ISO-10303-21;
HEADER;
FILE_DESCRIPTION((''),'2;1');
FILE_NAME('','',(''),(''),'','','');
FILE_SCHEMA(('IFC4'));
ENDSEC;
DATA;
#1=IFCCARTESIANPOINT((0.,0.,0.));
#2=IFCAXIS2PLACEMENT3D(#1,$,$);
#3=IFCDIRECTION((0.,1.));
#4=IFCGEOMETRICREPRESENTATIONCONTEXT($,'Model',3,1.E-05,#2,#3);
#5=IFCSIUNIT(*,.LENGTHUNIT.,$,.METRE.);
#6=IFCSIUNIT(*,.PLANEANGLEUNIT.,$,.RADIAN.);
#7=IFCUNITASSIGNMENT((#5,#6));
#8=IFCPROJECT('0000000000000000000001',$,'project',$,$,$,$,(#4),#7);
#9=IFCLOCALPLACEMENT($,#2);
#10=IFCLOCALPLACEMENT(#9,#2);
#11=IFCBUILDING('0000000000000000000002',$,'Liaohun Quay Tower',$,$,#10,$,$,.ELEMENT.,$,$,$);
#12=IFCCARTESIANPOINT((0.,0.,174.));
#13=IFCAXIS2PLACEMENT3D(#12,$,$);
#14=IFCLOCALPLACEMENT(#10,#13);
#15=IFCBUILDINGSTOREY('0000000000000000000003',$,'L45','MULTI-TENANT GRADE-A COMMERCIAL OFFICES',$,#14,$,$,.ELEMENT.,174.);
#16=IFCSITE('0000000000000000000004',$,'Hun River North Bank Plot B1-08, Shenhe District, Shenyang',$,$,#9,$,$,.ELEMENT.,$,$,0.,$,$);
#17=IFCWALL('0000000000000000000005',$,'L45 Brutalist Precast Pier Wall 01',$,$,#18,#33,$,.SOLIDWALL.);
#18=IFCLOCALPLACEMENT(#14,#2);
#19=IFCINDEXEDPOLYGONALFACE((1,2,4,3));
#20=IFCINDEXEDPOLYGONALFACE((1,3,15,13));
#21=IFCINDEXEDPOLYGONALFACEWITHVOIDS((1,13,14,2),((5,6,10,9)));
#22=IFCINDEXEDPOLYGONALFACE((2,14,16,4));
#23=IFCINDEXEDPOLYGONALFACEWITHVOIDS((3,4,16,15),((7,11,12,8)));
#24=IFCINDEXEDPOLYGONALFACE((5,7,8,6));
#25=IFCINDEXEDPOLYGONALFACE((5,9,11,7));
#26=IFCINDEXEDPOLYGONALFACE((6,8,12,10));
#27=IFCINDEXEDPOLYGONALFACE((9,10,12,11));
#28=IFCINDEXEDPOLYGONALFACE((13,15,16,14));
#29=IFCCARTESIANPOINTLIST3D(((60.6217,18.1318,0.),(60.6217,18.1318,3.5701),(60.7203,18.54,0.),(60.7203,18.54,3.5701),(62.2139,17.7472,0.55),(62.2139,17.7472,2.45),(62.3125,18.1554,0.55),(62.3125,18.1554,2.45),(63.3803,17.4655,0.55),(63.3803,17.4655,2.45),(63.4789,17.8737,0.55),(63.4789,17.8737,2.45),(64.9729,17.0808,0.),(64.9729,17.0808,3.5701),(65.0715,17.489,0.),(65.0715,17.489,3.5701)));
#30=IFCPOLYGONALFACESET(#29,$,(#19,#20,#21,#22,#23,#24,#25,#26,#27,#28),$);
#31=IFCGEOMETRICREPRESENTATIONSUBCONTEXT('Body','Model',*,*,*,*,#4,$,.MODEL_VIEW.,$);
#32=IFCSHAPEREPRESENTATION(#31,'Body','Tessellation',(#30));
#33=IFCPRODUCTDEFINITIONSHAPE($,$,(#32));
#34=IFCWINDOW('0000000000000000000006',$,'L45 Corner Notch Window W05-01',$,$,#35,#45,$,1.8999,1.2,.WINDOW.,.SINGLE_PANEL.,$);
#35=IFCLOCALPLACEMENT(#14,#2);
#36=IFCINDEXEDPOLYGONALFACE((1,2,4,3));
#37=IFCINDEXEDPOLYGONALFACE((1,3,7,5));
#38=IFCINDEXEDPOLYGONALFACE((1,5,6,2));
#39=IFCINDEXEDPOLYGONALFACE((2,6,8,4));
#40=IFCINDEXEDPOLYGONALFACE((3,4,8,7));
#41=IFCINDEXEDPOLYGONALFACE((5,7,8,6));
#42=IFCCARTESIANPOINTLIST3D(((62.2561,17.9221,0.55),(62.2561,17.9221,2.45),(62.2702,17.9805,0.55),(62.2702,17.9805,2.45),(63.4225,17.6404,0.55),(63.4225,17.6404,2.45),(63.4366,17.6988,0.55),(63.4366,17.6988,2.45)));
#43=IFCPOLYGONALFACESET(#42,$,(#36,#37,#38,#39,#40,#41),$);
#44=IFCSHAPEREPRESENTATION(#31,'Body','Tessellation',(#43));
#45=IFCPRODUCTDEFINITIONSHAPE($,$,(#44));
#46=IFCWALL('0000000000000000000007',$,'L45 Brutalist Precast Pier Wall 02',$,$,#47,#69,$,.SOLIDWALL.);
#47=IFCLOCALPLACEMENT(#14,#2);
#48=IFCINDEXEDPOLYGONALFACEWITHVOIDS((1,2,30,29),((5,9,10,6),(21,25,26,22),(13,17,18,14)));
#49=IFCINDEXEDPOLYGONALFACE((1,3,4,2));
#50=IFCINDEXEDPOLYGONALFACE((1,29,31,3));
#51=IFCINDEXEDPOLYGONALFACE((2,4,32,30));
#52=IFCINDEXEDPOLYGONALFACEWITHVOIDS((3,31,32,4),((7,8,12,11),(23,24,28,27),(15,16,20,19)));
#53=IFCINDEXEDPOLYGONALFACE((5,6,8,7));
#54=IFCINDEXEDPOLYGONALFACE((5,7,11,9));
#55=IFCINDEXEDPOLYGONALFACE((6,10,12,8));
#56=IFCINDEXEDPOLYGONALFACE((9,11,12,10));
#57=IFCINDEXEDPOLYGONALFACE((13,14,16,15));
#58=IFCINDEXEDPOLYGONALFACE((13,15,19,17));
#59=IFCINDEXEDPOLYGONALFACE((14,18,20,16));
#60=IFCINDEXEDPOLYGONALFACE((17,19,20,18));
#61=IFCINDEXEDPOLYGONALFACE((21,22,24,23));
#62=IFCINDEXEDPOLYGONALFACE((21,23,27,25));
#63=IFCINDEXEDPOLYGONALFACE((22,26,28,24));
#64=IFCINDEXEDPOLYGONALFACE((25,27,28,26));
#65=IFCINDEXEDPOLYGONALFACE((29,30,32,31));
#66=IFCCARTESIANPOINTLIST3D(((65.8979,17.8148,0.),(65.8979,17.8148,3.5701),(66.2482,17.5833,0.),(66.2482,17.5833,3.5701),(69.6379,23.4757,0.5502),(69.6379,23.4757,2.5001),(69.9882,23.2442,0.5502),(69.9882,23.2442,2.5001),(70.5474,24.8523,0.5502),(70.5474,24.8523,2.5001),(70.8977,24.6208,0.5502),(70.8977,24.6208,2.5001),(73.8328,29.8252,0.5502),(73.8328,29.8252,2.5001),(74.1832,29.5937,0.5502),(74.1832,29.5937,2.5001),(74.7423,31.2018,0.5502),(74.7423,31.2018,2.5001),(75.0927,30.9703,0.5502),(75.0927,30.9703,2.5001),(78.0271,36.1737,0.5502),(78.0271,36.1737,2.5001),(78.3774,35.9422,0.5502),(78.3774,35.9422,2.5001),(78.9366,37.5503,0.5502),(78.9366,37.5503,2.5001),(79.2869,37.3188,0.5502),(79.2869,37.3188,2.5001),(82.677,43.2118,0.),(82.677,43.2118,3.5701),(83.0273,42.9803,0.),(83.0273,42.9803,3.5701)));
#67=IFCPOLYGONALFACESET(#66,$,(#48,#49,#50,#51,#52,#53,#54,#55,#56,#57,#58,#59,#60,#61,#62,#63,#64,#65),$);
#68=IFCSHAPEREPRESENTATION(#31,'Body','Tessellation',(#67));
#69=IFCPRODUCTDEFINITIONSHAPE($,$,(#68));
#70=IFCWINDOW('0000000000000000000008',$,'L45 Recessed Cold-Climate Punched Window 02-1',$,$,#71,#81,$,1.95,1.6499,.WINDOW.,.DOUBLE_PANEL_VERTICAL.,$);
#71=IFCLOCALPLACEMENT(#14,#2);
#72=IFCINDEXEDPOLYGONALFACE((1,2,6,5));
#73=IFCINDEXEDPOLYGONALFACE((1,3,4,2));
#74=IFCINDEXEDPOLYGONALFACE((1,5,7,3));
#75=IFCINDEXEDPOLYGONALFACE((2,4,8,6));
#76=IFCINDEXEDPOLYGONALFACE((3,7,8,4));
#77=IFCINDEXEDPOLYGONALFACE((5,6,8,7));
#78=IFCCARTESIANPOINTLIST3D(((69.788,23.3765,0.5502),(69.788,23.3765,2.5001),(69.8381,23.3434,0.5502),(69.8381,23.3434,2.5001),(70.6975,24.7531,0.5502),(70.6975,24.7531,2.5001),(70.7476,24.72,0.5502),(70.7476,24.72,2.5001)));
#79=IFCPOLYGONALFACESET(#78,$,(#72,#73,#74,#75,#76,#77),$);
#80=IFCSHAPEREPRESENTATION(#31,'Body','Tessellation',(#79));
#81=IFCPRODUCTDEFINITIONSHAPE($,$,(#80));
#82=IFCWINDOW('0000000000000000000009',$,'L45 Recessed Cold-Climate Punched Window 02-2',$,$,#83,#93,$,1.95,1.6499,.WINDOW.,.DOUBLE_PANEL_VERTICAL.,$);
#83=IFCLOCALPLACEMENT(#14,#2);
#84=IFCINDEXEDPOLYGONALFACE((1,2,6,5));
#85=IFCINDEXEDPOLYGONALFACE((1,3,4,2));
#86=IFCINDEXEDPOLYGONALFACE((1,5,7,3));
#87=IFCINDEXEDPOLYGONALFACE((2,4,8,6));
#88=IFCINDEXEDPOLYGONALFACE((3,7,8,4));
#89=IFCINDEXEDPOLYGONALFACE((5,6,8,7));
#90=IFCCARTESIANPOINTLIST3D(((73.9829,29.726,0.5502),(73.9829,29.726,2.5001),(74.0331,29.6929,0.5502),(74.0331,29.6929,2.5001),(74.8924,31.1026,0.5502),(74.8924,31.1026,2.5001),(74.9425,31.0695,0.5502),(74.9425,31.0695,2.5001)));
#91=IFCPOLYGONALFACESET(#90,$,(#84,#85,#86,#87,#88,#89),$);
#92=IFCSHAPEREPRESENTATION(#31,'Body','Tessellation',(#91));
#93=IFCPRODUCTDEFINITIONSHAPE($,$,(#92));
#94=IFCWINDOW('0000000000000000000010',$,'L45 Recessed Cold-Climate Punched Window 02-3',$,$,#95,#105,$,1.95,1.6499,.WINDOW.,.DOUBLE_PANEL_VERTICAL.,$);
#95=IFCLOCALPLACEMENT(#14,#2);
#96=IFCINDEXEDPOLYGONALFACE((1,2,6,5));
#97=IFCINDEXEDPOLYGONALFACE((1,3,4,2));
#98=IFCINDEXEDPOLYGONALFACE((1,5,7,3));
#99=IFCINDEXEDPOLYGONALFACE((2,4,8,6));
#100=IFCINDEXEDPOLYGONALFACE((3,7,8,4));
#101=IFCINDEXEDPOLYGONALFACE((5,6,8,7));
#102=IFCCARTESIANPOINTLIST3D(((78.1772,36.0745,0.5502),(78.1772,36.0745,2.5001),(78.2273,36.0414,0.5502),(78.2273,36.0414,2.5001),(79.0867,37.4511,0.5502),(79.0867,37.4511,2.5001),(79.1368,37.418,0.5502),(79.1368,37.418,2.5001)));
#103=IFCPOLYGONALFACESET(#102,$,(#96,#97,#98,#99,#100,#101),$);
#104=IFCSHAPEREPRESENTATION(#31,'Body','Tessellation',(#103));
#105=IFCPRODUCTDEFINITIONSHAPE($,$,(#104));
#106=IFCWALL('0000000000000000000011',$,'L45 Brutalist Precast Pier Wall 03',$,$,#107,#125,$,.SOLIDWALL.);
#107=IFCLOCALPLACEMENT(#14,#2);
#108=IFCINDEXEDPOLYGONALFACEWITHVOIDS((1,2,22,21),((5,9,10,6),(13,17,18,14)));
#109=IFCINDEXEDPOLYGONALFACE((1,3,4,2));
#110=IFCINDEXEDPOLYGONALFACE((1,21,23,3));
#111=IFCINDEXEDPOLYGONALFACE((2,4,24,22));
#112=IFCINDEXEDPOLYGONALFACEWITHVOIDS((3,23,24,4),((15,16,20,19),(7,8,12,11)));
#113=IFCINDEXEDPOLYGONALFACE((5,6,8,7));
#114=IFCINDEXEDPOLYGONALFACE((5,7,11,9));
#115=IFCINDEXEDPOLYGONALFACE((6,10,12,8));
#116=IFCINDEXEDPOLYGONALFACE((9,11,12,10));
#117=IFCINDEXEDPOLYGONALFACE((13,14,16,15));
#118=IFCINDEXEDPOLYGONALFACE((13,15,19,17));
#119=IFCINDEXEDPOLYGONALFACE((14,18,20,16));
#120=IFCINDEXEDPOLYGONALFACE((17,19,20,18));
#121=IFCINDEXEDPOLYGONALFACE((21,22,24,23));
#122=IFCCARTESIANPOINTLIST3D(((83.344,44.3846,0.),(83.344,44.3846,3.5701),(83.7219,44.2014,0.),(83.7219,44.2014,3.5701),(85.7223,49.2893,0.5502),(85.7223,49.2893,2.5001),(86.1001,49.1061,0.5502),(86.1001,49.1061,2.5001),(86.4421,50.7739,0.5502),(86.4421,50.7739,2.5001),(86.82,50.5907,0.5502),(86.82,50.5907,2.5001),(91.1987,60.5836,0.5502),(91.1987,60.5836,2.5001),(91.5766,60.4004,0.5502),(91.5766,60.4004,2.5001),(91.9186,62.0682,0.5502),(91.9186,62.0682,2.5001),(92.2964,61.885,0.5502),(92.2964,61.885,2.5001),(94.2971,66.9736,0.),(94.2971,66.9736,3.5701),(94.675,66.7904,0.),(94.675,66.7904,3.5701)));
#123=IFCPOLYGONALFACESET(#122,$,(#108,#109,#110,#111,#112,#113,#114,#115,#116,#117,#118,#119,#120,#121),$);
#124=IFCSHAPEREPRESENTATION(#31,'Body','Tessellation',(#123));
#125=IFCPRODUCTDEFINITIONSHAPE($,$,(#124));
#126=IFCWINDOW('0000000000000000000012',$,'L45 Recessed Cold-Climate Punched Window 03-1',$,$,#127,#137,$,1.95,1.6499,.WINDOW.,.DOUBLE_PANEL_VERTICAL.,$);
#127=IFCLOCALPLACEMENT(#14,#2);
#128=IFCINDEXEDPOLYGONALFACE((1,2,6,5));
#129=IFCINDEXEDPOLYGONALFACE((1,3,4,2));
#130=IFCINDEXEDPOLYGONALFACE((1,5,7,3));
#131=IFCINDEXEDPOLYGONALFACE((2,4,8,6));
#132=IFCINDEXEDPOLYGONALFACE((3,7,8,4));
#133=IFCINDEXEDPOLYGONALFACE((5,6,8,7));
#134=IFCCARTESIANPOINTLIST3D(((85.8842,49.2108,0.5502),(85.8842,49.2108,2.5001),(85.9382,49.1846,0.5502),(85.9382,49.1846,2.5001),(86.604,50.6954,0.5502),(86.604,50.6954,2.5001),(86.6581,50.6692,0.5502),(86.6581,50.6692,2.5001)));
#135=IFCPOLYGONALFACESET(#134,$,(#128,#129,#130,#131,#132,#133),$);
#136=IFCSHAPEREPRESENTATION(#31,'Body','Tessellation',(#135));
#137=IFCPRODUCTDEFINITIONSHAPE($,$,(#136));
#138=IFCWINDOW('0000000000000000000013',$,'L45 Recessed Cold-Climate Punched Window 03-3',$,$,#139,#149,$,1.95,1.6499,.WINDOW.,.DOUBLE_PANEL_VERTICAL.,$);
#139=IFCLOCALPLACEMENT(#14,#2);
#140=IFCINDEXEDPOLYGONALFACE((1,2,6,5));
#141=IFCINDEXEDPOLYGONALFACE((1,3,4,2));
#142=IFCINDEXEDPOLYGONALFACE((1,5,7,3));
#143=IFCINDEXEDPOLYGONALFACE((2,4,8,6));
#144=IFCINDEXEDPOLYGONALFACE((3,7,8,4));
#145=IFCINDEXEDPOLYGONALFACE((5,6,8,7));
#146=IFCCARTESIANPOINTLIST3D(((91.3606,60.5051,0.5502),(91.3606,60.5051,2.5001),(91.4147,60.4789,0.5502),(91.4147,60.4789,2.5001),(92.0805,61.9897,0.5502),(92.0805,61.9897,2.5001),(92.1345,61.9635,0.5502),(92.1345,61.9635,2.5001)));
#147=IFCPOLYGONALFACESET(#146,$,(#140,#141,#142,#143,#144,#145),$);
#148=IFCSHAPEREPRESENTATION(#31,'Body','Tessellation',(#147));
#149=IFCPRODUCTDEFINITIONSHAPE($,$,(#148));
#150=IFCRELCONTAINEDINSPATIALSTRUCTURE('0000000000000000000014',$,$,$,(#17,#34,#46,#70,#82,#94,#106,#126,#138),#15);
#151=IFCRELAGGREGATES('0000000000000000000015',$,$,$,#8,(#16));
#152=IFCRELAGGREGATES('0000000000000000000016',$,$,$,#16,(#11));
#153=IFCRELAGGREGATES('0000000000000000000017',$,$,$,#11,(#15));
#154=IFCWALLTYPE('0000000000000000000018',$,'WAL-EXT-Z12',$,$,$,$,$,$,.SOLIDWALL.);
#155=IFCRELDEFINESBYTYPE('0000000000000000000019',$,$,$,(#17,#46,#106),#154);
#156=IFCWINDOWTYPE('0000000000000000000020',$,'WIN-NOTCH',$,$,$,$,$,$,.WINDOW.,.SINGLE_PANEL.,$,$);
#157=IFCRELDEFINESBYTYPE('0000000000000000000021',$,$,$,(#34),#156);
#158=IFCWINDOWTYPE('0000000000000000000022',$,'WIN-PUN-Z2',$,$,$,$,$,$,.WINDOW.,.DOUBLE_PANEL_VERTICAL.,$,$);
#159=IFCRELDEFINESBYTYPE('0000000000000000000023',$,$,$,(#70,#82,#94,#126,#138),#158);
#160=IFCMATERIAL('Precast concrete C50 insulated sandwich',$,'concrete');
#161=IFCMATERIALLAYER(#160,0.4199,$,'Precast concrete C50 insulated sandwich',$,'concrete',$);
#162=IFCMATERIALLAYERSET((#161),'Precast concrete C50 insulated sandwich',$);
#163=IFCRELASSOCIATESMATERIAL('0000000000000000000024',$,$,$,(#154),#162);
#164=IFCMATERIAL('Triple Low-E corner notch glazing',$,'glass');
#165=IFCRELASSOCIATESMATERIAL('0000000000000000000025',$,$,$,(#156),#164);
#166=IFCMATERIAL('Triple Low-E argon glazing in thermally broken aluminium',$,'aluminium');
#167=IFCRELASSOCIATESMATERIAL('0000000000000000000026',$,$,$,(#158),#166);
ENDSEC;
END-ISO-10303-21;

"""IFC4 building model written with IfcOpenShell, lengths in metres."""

from ifc_helpers import new_model, si_unit, direction, frame, frame_2d, origin, place, context, subcontext, project, spatial, rectangle, extrude, source, transform, mapped, material, layer, layer_set, type_object, element, fill, save


model = new_model("IFC4")

# Units and contexts
model_context = context("Model", 3, precision=1e-05, world=origin(), true_north=direction((0.0, 1.0)))
body_context = subcontext(model_context, "Body", "Model", "MODEL_VIEW")
ifc_project = project(units=[si_unit("LENGTHUNIT", "METRE"), si_unit("PLANEANGLEUNIT", "RADIAN")], contexts=[model_context])

# Site, building, storey
site_placement = place(None, origin())
site = spatial("IfcSite", under=ifc_project, at=site_placement, Name="Hun River North Bank Plot B1-08, Shenhe District, Shenyang", CompositionType="ELEMENT", RefElevation=0.0)
building_placement = place(site_placement, origin())
building = spatial("IfcBuilding", under=site, at=building_placement, Name="Liaohun Quay Tower", CompositionType="ELEMENT")
storey_placement = place(building_placement, frame((0.0, 0.0, 174.0)))
storey = spatial("IfcBuildingStorey", under=building, at=storey_placement, Name="L45", Description="MULTI-TENANT GRADE-A COMMERCIAL OFFICES", CompositionType="ELEMENT", Elevation=174.0)

# Wall, opening, window
ifc_material_1 = material(Name="Precast concrete C50 insulated sandwich", Category="concrete")
ifc_layer_1 = layer(ifc_material_1, 0.4199, Name="Precast concrete C50 insulated sandwich", Category="concrete")
ifc_layer_set_1 = layer_set([ifc_layer_1], Name="Precast concrete C50 insulated sandwich")
wall_type_1 = type_object("IfcWallType", Name="WAL-EXT-Z12", PredefinedType="SOLIDWALL", material=ifc_layer_set_1)
wall_1_placement = place(storey_placement, frame((60.6709, 18.3359, 0.0), z_axis=(0.0, 0.0, 1.0), x_axis=(0.972043, -0.234802, 0.0)))
wall_1 = element("IfcWall", 1, at=wall_1_placement, inside=storey, type_object=wall_type_1, Name="L45 Brutalist Precast Pier Wall 01", PredefinedType="SOLIDWALL", context=body_context, shape_type="SweptSolid", body=[
    extrude(rectangle(XDim=4.4763, YDim=0.4199, at=frame_2d((2.2383, 0.0))), origin(), (0.0, 0.0, 1.0), 3.5701),
])
shared_shape_1 = source(origin(), body_context, "Body", "SweptSolid", [
    extrude(rectangle(XDim=1.2, YDim=1.8999, at=frame_2d((0.6001, 0.95))), frame((0.0, 0.22, 0.0), z_axis=(0.0, -1.0, 0.0), x_axis=(1.0, 0.0, 0.0)), (0.0, 0.0, 1.0), 0.4399),
])
opening_1_placement = place(wall_1_placement, frame((1.6379, 0.0, 0.55)))
opening_1 = element("IfcOpeningElement", 2, at=opening_1_placement, cuts=wall_1, PredefinedType="OPENING", context=body_context, shape_type="MappedRepresentation", body=[
    mapped(shared_shape_1, transform((0.0, 0.0, 0.0), x_axis=(1.0, 0.0, 0.0), y_axis=(0.0, 1.0, 0.0), z_axis=(0.0, 0.0, 1.0), scale=1.0)),
])
ifc_material_2 = material(Name="Triple Low-E corner notch glazing", Category="glass")
window_type_1 = type_object("IfcWindowType", Name="WIN-NOTCH", PartitioningType="SINGLE_PANEL", PredefinedType="WINDOW", material=ifc_material_2)
shared_shape_2 = source(origin(), body_context, "Body", "SweptSolid", [
    extrude(rectangle(XDim=1.2, YDim=1.8999, at=frame_2d((0.6001, 0.95))), frame((0.0, 0.03, 0.0), z_axis=(0.0, -1.0, 0.0), x_axis=(1.0, 0.0, 0.0)), (0.0, 0.0, 1.0), 0.0601),
])
window_1_placement = place(opening_1_placement, origin())
window_1 = element("IfcWindow", 3, at=window_1_placement, inside=storey, type_object=window_type_1, Name="L45 Corner Notch Window W05-01", OverallHeight=1.8999, OverallWidth=1.2, PartitioningType="SINGLE_PANEL", PredefinedType="WINDOW", context=body_context, shape_type="MappedRepresentation", body=[
    mapped(shared_shape_2, transform((0.0, 0.0, 0.0), x_axis=(1.0, 0.0, 0.0), y_axis=(0.0, 1.0, 0.0), z_axis=(0.0, 0.0, 1.0), scale=1.0)),
])
fill(opening_1, window_1)

# Walls, openings, windows
wall_2_placement = place(storey_placement, frame((66.073, 17.699, 0.0), z_axis=(0.0, 0.0, 1.0), x_axis=(0.551232, 0.834352, 0.0)))
wall_2 = element("IfcWall", 4, at=wall_2_placement, inside=storey, type_object=wall_type_1, Name="L45 Brutalist Precast Pier Wall 02", PredefinedType="SOLIDWALL", context=body_context, shape_type="SweptSolid", body=[
    extrude(rectangle(XDim=30.4392, YDim=0.4199, at=frame_2d((15.2197, 0.0))), origin(), (0.0, 0.0, 1.0), 3.5701),
])
shared_shape_3 = source(origin(), body_context, "Body", "SweptSolid", [
    extrude(rectangle(XDim=1.6499, YDim=1.95, at=frame_2d((0.825, 0.9751))), frame((0.0, 0.22, 0.0), z_axis=(0.0, -1.0, 0.0), x_axis=(1.0, 0.0, 0.0)), (0.0, 0.0, 1.0), 0.4399),
])
opening_2_placement = place(wall_2_placement, frame((6.7849, 0.0, 0.55)))
opening_2 = element("IfcOpeningElement", 5, at=opening_2_placement, cuts=wall_2, PredefinedType="OPENING", context=body_context, shape_type="MappedRepresentation", body=[
    mapped(shared_shape_3, transform((0.0, 0.0, 0.0), x_axis=(1.0, 0.0, 0.0), y_axis=(0.0, 1.0, 0.0), z_axis=(0.0, 0.0, 1.0), scale=1.0)),
])
opening_3_placement = place(wall_2_placement, frame((14.395, 0.0, 0.55)))
opening_3 = element("IfcOpeningElement", 6, at=opening_3_placement, cuts=wall_2, PredefinedType="OPENING", context=body_context, shape_type="MappedRepresentation", body=[
    mapped(shared_shape_3, transform((0.0, 0.0, 0.0), x_axis=(1.0, 0.0, 0.0), y_axis=(0.0, 1.0, 0.0), z_axis=(0.0, 0.0, 1.0), scale=1.0)),
])
opening_4_placement = place(wall_2_placement, frame((22.0039, 0.0, 0.55)))
opening_4 = element("IfcOpeningElement", 7, at=opening_4_placement, cuts=wall_2, PredefinedType="OPENING", context=body_context, shape_type="MappedRepresentation", body=[
    mapped(shared_shape_3, transform((0.0, 0.0, 0.0), x_axis=(1.0, 0.0, 0.0), y_axis=(0.0, 1.0, 0.0), z_axis=(0.0, 0.0, 1.0), scale=1.0)),
])
ifc_material_3 = material(Name="Triple Low-E argon glazing in thermally broken aluminium", Category="aluminium")
window_type_2 = type_object("IfcWindowType", Name="WIN-PUN-Z2", PartitioningType="DOUBLE_PANEL_VERTICAL", PredefinedType="WINDOW", material=ifc_material_3)
shared_shape_4 = source(origin(), body_context, "Body", "SweptSolid", [
    extrude(rectangle(XDim=1.6499, YDim=1.95, at=frame_2d((0.825, 0.9751))), frame((0.0, 0.03, 0.0), z_axis=(0.0, -1.0, 0.0), x_axis=(1.0, 0.0, 0.0)), (0.0, 0.0, 1.0), 0.0601),
])
window_2_placement = place(opening_2_placement, origin())
window_2 = element("IfcWindow", 8, at=window_2_placement, inside=storey, type_object=window_type_2, Name="L45 Recessed Cold-Climate Punched Window 02-1", OverallHeight=1.95, OverallWidth=1.6499, PartitioningType="DOUBLE_PANEL_VERTICAL", PredefinedType="WINDOW", context=body_context, shape_type="MappedRepresentation", body=[
    mapped(shared_shape_4, transform((0.0, 0.0, 0.0), x_axis=(1.0, 0.0, 0.0), y_axis=(0.0, 1.0, 0.0), z_axis=(0.0, 0.0, 1.0), scale=1.0)),
])
fill(opening_2, window_2)
window_3_placement = place(opening_3_placement, origin())
window_3 = element("IfcWindow", 9, at=window_3_placement, inside=storey, type_object=window_type_2, Name="L45 Recessed Cold-Climate Punched Window 02-2", OverallHeight=1.95, OverallWidth=1.6499, PartitioningType="DOUBLE_PANEL_VERTICAL", PredefinedType="WINDOW", context=body_context, shape_type="MappedRepresentation", body=[
    mapped(shared_shape_4, transform((0.0, 0.0, 0.0), x_axis=(1.0, 0.0, 0.0), y_axis=(0.0, 1.0, 0.0), z_axis=(0.0, 0.0, 1.0), scale=1.0)),
])
fill(opening_3, window_3)
window_4_placement = place(opening_4_placement, origin())
window_4 = element("IfcWindow", 10, at=window_4_placement, inside=storey, type_object=window_type_2, Name="L45 Recessed Cold-Climate Punched Window 02-3", OverallHeight=1.95, OverallWidth=1.6499, PartitioningType="DOUBLE_PANEL_VERTICAL", PredefinedType="WINDOW", context=body_context, shape_type="MappedRepresentation", body=[
    mapped(shared_shape_4, transform((0.0, 0.0, 0.0), x_axis=(1.0, 0.0, 0.0), y_axis=(0.0, 1.0, 0.0), z_axis=(0.0, 0.0, 1.0), scale=1.0)),
])
fill(opening_4, window_4)
wall_3_placement = place(storey_placement, frame((83.533, 44.293, 0.0), z_axis=(0.0, 0.0, 1.0), x_axis=(0.4363, 0.899801, 0.0)))
wall_3 = element("IfcWall", 11, at=wall_3_placement, inside=storey, type_object=wall_type_1, Name="L45 Brutalist Precast Pier Wall 03", PredefinedType="SOLIDWALL", context=body_context, shape_type="SweptSolid", body=[
    extrude(rectangle(XDim=25.1045, YDim=0.4199, at=frame_2d((12.5522, 0.0))), origin(), (0.0, 0.0, 1.0), 3.5701),
])
opening_5_placement = place(wall_3_placement, frame((5.4509, 0.0, 0.55)))
opening_5 = element("IfcOpeningElement", 12, at=opening_5_placement, cuts=wall_3, PredefinedType="OPENING", context=body_context, shape_type="MappedRepresentation", body=[
    mapped(shared_shape_3, transform((0.0, 0.0, 0.0), x_axis=(1.0, 0.0, 0.0), y_axis=(0.0, 1.0, 0.0), z_axis=(0.0, 0.0, 1.0), scale=1.0)),
])
opening_6_placement = place(wall_3_placement, frame((18.0029, 0.0, 0.55)))
opening_6 = element("IfcOpeningElement", 13, at=opening_6_placement, cuts=wall_3, PredefinedType="OPENING", context=body_context, shape_type="MappedRepresentation", body=[
    mapped(shared_shape_3, transform((0.0, 0.0, 0.0), x_axis=(1.0, 0.0, 0.0), y_axis=(0.0, 1.0, 0.0), z_axis=(0.0, 0.0, 1.0), scale=1.0)),
])
window_5_placement = place(opening_5_placement, origin())
window_5 = element("IfcWindow", 14, at=window_5_placement, inside=storey, type_object=window_type_2, Name="L45 Recessed Cold-Climate Punched Window 03-1", OverallHeight=1.95, OverallWidth=1.6499, PartitioningType="DOUBLE_PANEL_VERTICAL", PredefinedType="WINDOW", context=body_context, shape_type="MappedRepresentation", body=[
    mapped(shared_shape_4, transform((0.0, 0.0, 0.0), x_axis=(1.0, 0.0, 0.0), y_axis=(0.0, 1.0, 0.0), z_axis=(0.0, 0.0, 1.0), scale=1.0)),
])
fill(opening_5, window_5)
window_6_placement = place(opening_6_placement, origin())
window_6 = element("IfcWindow", 15, at=window_6_placement, inside=storey, type_object=window_type_2, Name="L45 Recessed Cold-Climate Punched Window 03-3", OverallHeight=1.95, OverallWidth=1.6499, PartitioningType="DOUBLE_PANEL_VERTICAL", PredefinedType="WINDOW", context=body_context, shape_type="MappedRepresentation", body=[
    mapped(shared_shape_4, transform((0.0, 0.0, 0.0), x_axis=(1.0, 0.0, 0.0), y_axis=(0.0, 1.0, 0.0), z_axis=(0.0, 0.0, 1.0), scale=1.0)),
])
fill(opening_6, window_6)

save(model, "model.ifc")
